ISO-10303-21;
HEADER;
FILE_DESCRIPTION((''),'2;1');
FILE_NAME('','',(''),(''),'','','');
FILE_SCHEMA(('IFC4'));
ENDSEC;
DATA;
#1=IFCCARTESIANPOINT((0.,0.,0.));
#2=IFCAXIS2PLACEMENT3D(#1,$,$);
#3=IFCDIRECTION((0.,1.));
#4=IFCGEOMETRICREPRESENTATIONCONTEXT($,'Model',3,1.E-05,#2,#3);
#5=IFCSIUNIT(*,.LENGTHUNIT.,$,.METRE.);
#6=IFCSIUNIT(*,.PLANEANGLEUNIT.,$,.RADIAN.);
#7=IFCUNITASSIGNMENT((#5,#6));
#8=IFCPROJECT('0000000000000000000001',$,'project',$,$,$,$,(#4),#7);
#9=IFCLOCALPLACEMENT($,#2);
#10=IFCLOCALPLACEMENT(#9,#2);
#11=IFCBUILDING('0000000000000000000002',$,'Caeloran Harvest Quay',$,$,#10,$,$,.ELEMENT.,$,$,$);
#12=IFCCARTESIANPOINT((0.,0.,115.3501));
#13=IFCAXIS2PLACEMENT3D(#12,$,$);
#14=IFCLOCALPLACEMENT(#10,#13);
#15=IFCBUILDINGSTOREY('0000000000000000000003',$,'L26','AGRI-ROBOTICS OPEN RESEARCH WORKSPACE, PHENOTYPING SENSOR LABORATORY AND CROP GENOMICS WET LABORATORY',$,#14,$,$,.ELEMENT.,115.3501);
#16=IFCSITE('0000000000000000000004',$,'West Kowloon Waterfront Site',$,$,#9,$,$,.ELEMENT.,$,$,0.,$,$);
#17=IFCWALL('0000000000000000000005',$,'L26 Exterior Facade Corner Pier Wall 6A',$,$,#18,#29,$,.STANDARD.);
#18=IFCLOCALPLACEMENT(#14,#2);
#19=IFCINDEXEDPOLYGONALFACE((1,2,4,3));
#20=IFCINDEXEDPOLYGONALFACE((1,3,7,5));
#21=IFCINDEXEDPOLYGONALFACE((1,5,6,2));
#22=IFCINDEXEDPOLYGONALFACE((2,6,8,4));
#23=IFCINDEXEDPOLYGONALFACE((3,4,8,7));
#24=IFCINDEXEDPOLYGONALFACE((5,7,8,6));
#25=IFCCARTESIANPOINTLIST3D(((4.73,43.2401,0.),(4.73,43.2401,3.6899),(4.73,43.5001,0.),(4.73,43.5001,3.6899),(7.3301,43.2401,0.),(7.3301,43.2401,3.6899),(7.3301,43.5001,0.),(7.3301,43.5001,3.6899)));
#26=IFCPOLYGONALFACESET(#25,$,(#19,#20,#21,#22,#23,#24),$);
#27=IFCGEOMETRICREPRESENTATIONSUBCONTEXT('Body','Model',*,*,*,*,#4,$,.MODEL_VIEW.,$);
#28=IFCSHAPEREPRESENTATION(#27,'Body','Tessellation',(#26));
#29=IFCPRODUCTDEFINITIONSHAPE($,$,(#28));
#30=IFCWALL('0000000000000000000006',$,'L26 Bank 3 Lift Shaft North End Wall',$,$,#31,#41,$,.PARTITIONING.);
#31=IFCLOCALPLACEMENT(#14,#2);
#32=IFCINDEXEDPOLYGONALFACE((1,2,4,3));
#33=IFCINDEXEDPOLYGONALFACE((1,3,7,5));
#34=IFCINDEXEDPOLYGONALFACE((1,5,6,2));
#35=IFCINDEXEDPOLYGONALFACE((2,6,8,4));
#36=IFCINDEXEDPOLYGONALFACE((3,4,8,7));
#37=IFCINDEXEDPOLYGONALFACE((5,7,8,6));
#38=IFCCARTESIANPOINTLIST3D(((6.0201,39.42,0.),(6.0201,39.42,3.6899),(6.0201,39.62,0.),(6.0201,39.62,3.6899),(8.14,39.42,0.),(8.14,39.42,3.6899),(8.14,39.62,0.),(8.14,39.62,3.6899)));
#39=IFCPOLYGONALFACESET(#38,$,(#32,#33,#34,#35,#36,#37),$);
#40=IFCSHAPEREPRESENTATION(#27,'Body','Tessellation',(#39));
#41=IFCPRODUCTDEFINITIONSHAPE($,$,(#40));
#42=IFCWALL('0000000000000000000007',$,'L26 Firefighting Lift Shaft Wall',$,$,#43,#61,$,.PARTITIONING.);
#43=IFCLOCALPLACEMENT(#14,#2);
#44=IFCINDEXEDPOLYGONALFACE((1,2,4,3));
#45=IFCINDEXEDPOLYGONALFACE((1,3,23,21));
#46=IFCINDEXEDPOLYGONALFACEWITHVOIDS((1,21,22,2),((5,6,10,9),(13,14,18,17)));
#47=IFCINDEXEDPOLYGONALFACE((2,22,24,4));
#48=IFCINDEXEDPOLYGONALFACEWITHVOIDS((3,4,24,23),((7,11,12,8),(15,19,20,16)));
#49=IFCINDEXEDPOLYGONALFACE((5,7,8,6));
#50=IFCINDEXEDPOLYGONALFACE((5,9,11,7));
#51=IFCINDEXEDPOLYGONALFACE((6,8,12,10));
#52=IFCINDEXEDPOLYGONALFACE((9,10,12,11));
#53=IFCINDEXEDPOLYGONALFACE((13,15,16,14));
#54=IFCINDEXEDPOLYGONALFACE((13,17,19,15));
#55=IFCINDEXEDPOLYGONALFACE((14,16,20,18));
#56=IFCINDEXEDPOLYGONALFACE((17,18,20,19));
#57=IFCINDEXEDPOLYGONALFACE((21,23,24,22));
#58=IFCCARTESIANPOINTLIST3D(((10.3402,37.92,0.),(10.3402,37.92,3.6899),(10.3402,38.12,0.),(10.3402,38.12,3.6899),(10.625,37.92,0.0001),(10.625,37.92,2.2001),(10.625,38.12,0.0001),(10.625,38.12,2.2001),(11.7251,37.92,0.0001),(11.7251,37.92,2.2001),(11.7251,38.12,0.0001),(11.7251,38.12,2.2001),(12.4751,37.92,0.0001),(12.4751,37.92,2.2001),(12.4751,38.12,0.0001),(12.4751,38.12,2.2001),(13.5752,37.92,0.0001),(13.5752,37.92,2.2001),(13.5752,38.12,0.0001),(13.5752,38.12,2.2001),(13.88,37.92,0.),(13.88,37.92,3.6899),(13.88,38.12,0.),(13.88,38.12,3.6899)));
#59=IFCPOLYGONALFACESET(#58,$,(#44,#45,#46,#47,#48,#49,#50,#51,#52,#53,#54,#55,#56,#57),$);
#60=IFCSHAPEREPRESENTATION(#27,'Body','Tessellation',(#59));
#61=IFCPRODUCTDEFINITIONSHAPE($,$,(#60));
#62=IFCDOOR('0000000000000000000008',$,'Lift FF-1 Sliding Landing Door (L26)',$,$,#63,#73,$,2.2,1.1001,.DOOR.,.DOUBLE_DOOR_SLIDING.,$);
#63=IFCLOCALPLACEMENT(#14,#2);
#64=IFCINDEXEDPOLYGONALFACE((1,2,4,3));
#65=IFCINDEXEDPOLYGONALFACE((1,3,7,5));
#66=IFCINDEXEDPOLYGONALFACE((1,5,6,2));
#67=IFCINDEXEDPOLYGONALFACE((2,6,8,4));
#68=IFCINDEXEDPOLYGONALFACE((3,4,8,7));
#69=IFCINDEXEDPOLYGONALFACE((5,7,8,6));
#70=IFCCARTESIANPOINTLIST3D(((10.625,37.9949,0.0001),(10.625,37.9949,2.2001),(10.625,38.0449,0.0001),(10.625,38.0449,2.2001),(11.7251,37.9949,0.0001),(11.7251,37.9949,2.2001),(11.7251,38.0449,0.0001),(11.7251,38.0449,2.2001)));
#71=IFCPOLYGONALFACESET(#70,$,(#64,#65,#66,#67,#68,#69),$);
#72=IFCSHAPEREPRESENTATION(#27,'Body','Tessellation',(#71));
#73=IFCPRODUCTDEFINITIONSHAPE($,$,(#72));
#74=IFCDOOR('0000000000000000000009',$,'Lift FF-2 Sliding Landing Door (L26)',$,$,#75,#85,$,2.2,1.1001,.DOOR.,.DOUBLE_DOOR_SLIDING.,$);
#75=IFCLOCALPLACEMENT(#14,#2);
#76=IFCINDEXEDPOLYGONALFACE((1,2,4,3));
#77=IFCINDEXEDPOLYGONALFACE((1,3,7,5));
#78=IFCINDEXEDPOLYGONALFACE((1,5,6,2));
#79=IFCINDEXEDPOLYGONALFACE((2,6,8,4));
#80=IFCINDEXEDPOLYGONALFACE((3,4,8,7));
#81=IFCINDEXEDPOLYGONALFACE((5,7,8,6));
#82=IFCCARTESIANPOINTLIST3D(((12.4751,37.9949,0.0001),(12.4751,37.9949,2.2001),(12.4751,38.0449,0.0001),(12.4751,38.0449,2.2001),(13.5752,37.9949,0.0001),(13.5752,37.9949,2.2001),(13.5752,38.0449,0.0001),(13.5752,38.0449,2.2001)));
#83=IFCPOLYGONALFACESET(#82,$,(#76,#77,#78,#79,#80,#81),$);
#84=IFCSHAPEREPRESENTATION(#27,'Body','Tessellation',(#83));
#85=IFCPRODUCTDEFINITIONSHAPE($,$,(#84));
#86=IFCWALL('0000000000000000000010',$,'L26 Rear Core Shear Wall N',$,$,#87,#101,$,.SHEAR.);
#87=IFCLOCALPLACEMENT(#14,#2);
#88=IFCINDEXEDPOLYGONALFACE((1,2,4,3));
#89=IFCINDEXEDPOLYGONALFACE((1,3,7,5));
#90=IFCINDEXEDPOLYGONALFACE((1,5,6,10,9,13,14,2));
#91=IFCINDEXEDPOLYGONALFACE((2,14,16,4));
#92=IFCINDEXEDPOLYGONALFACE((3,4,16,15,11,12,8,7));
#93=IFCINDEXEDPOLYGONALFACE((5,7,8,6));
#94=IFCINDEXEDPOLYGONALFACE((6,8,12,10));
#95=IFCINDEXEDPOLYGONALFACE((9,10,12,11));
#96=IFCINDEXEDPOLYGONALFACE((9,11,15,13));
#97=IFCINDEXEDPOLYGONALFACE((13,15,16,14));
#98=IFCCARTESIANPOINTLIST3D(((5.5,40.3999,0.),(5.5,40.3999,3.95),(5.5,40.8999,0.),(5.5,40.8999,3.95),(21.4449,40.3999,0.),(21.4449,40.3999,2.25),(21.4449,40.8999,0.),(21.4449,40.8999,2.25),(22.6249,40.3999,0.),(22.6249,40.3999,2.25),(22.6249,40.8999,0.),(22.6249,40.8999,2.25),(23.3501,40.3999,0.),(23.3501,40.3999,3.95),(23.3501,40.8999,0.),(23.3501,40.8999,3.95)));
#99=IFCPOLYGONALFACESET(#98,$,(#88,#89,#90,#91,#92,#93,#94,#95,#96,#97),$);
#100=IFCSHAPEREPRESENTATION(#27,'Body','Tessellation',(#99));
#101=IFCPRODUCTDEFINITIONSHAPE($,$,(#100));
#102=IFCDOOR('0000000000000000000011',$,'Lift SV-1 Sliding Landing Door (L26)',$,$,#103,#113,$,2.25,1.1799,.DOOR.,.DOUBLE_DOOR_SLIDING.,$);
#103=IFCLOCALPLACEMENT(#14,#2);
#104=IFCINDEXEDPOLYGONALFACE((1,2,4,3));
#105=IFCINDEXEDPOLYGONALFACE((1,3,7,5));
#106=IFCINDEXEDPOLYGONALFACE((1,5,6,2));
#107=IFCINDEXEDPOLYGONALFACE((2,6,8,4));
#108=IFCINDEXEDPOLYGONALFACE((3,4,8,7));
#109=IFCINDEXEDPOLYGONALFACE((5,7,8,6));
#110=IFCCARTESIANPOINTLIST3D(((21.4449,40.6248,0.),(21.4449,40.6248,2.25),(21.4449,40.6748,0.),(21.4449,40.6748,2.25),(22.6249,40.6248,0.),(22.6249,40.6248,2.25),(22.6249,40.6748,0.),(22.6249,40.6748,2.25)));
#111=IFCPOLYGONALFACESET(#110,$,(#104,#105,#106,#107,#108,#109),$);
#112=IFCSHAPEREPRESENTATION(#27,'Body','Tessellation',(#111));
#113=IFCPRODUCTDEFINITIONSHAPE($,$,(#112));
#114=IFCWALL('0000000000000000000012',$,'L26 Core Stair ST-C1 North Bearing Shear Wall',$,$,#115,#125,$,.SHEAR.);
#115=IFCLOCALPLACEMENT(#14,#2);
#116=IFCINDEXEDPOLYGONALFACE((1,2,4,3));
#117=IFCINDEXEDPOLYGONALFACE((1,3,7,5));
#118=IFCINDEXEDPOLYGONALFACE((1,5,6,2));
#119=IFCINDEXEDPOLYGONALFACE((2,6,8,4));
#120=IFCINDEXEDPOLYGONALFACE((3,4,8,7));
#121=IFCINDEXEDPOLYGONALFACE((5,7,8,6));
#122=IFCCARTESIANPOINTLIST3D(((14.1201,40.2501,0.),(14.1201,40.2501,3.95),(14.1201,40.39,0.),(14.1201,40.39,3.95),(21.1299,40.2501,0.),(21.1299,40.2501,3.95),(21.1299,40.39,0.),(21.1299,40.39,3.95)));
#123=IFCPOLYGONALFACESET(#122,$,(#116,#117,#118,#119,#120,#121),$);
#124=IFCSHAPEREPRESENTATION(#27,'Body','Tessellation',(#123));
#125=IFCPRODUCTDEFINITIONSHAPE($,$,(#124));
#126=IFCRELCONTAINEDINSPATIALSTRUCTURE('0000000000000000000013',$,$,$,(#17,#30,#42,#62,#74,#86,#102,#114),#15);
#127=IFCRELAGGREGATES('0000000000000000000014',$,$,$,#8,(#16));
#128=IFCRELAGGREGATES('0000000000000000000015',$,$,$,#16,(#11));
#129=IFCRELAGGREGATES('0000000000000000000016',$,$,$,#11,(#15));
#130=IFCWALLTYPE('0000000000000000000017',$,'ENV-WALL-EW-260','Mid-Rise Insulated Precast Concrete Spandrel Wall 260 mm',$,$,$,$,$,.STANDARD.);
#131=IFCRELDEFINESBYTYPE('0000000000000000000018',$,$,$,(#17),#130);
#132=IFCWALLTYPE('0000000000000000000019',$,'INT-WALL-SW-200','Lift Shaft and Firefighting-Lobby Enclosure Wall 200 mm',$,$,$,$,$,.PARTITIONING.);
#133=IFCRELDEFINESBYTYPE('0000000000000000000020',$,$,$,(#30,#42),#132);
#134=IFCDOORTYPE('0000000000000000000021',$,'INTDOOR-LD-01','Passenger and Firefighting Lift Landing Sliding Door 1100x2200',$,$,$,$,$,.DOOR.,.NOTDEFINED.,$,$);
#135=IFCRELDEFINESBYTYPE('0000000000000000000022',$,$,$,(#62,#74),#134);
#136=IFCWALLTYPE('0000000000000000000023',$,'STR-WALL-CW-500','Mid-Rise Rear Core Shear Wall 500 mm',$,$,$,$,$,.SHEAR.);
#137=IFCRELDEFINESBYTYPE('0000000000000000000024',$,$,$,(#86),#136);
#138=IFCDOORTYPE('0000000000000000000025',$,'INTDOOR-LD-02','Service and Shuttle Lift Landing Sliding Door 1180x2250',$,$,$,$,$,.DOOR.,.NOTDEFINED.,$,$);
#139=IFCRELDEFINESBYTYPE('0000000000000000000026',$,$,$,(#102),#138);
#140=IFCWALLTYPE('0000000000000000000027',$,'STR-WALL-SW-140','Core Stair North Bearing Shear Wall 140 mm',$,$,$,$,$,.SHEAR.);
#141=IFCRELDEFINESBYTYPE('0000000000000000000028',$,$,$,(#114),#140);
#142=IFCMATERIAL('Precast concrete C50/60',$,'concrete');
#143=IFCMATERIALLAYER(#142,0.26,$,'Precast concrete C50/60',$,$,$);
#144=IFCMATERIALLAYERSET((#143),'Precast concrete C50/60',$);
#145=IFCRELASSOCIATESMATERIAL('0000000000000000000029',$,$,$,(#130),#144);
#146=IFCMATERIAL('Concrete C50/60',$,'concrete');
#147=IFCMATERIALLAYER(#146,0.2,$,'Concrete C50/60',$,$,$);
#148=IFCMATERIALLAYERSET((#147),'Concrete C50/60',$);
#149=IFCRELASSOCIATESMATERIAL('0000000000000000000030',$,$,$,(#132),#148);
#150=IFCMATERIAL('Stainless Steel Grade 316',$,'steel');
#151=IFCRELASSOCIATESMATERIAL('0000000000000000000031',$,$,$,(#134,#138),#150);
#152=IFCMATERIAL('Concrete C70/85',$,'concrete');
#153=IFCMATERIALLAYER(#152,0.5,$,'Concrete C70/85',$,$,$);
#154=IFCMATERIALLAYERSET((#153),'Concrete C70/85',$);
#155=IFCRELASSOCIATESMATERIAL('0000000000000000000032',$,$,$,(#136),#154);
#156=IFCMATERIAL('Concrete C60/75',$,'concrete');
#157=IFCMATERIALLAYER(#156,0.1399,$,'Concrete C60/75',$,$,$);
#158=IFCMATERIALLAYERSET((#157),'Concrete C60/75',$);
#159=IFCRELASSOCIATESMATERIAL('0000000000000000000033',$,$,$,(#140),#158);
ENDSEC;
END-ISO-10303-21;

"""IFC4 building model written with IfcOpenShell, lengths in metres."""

from ifc_helpers import new_model, si_unit, direction, frame, frame_2d, origin, place, context, subcontext, project, spatial, rectangle, extrude, material, layer, layer_set, type_object, element, fill, save


model = new_model("IFC4")

# Units and contexts
model_context = context("Model", 3, precision=1e-05, world=origin(), true_north=direction((0.0, 1.0)))
body_context = subcontext(model_context, "Body", "Model", "MODEL_VIEW")
ifc_project = project(units=[si_unit("LENGTHUNIT", "METRE"), si_unit("PLANEANGLEUNIT", "RADIAN")], contexts=[model_context])

# Site, building, storey
site_placement = place(None, origin())
site = spatial("IfcSite", under=ifc_project, at=site_placement, Name="West Kowloon Waterfront Site", CompositionType="ELEMENT", RefElevation=0.0)
building_placement = place(site_placement, origin())
building = spatial("IfcBuilding", under=site, at=building_placement, Name="Caeloran Harvest Quay", CompositionType="ELEMENT")
storey_placement = place(building_placement, frame((0.0, 0.0, 115.3501)))
storey = spatial("IfcBuildingStorey", under=building, at=storey_placement, Name="L26", Description="AGRI-ROBOTICS OPEN RESEARCH WORKSPACE, PHENOTYPING SENSOR LABORATORY AND CROP GENOMICS WET LABORATORY", CompositionType="ELEMENT", Elevation=115.3501)

# Walls
ifc_material_1 = material(Name="Precast concrete C50/60", Category="concrete")
ifc_layer_1 = layer(ifc_material_1, 0.26, Name="Precast concrete C50/60")
ifc_layer_set_1 = layer_set([ifc_layer_1], Name="Precast concrete C50/60")
wall_type_1 = type_object("IfcWallType", Name="ENV-WALL-EW-260", Description="Mid-Rise Insulated Precast Concrete Spandrel Wall 260 mm", PredefinedType="STANDARD", material=ifc_layer_set_1)
wall_1_placement = place(storey_placement, frame((4.73, 43.3701, 0.0), z_axis=(0.0, 0.0, 1.0), x_axis=(1.0, 0.0, 0.0)))
element("IfcWall", 1, at=wall_1_placement, inside=storey, type_object=wall_type_1, Name="L26 Exterior Facade Corner Pier Wall 6A", PredefinedType="STANDARD", context=body_context, shape_type="SweptSolid", body=[
    extrude(rectangle(XDim=2.6001, YDim=0.26, at=frame_2d((1.3, 0.0))), origin(), (0.0, 0.0, 1.0), 3.6899),
])
ifc_material_2 = material(Name="Concrete C50/60", Category="concrete")
ifc_layer_2 = layer(ifc_material_2, 0.2, Name="Concrete C50/60")
ifc_layer_set_2 = layer_set([ifc_layer_2], Name="Concrete C50/60")
wall_type_2 = type_object("IfcWallType", Name="INT-WALL-SW-200", Description="Lift Shaft and Firefighting-Lobby Enclosure Wall 200 mm", PredefinedType="PARTITIONING", material=ifc_layer_set_2)
wall_2_placement = place(storey_placement, frame((6.02, 39.52, 0.0), z_axis=(0.0, 0.0, 1.0), x_axis=(1.0, 0.0, 0.0)))
element("IfcWall", 2, at=wall_2_placement, inside=storey, type_object=wall_type_2, Name="L26 Bank 3 Lift Shaft North End Wall", PredefinedType="PARTITIONING", context=body_context, shape_type="SweptSolid", body=[
    extrude(rectangle(XDim=2.1199, YDim=0.2, at=frame_2d((1.0601, 0.0))), origin(), (0.0, 0.0, 1.0), 3.6899),
])

# Wall, openings, doors
wall_3_placement = place(storey_placement, frame((10.3401, 38.02, 0.0), z_axis=(0.0, 0.0, 1.0), x_axis=(1.0, 0.0, 0.0)))
wall_3 = element("IfcWall", 3, at=wall_3_placement, inside=storey, type_object=wall_type_2, Name="L26 Firefighting Lift Shaft Wall", PredefinedType="PARTITIONING", context=body_context, shape_type="SweptSolid", body=[
    extrude(rectangle(XDim=3.5398, YDim=0.2, at=frame_2d((1.77, 0.0))), origin(), (0.0, 0.0, 1.0), 3.6899),
])
opening_1_placement = place(wall_3_placement, frame((0.2849, 0.0, 0.0)))
opening_1 = element("IfcOpeningElement", 4, at=opening_1_placement, cuts=wall_3, PredefinedType="OPENING", context=body_context, shape_type="SweptSolid", body=[
    extrude(rectangle(XDim=1.1001, YDim=2.2, at=frame_2d((0.55, 1.1001))), frame((0.0, 0.1099, 0.0), z_axis=(0.0, -1.0, 0.0), x_axis=(1.0, 0.0, 0.0)), (0.0, 0.0, 1.0), 0.22),
])
opening_2_placement = place(wall_3_placement, frame((2.135, 0.0, 0.0)))
opening_2 = element("IfcOpeningElement", 5, at=opening_2_placement, cuts=wall_3, PredefinedType="OPENING", context=body_context, shape_type="SweptSolid", body=[
    extrude(rectangle(XDim=1.1001, YDim=2.2, at=frame_2d((0.55, 1.1001))), frame((0.0, 0.1099, 0.0), z_axis=(0.0, -1.0, 0.0), x_axis=(1.0, 0.0, 0.0)), (0.0, 0.0, 1.0), 0.22),
])
ifc_material_3 = material(Name="Stainless Steel Grade 316", Category="steel")
door_type_1 = type_object("IfcDoorType", Name="INTDOOR-LD-01", Description="Passenger and Firefighting Lift Landing Sliding Door 1100x2200", OperationType="NOTDEFINED", PredefinedType="DOOR", material=ifc_material_3)
door_1_placement = place(opening_1_placement, origin())
door_1 = element("IfcDoor", 6, at=door_1_placement, inside=storey, type_object=door_type_1, Name="Lift FF-1 Sliding Landing Door (L26)", OperationType="DOUBLE_DOOR_SLIDING", OverallHeight=2.2, OverallWidth=1.1001, PredefinedType="DOOR", context=body_context, shape_type="SweptSolid", body=[
    extrude(rectangle(XDim=1.1001, YDim=2.2, at=frame_2d((0.55, 1.1001))), frame((0.0, 0.0249, 0.0), z_axis=(0.0, -1.0, 0.0), x_axis=(1.0, 0.0, 0.0)), (0.0, 0.0, 1.0), 0.05),
])
fill(opening_1, door_1)
door_2_placement = place(opening_2_placement, origin())
door_2 = element("IfcDoor", 7, at=door_2_placement, inside=storey, type_object=door_type_1, Name="Lift FF-2 Sliding Landing Door (L26)", OperationType="DOUBLE_DOOR_SLIDING", OverallHeight=2.2, OverallWidth=1.1001, PredefinedType="DOOR", context=body_context, shape_type="SweptSolid", body=[
    extrude(rectangle(XDim=1.1001, YDim=2.2, at=frame_2d((0.55, 1.1001))), frame((0.0, 0.0249, 0.0), z_axis=(0.0, -1.0, 0.0), x_axis=(1.0, 0.0, 0.0)), (0.0, 0.0, 1.0), 0.05),
])
fill(opening_2, door_2)

# Wall, opening, door
ifc_material_4 = material(Name="Concrete C70/85", Category="concrete")
ifc_layer_3 = layer(ifc_material_4, 0.5, Name="Concrete C70/85")
ifc_layer_set_3 = layer_set([ifc_layer_3], Name="Concrete C70/85")
wall_type_3 = type_object("IfcWallType", Name="STR-WALL-CW-500", Description="Mid-Rise Rear Core Shear Wall 500 mm", PredefinedType="SHEAR", material=ifc_layer_set_3)
wall_4_placement = place(storey_placement, frame((5.5, 40.6499, 0.0), z_axis=(0.0, 0.0, 1.0), x_axis=(1.0, 0.0, 0.0)))
wall_4 = element("IfcWall", 8, at=wall_4_placement, inside=storey, type_object=wall_type_3, Name="L26 Rear Core Shear Wall N", PredefinedType="SHEAR", context=body_context, shape_type="SweptSolid", body=[
    extrude(rectangle(XDim=17.8501, YDim=0.5, at=frame_2d((8.925, 0.0))), origin(), (0.0, 0.0, 1.0), 3.95),
])
opening_3_placement = place(wall_4_placement, frame((15.9451, 0.0, 0.0)))
opening_3 = element("IfcOpeningElement", 9, at=opening_3_placement, cuts=wall_4, PredefinedType="OPENING", context=body_context, shape_type="SweptSolid", body=[
    extrude(rectangle(XDim=1.1799, YDim=2.25, at=frame_2d((0.5898, 1.125))), frame((0.0, 0.26, 0.0), z_axis=(0.0, -1.0, 0.0), x_axis=(1.0, 0.0, 0.0)), (0.0, 0.0, 1.0), 0.52),
])
door_type_2 = type_object("IfcDoorType", Name="INTDOOR-LD-02", Description="Service and Shuttle Lift Landing Sliding Door 1180x2250", OperationType="NOTDEFINED", PredefinedType="DOOR", material=ifc_material_3)
door_3_placement = place(opening_3_placement, origin())
door_3 = element("IfcDoor", 10, at=door_3_placement, inside=storey, type_object=door_type_2, Name="Lift SV-1 Sliding Landing Door (L26)", OperationType="DOUBLE_DOOR_SLIDING", OverallHeight=2.25, OverallWidth=1.1799, PredefinedType="DOOR", context=body_context, shape_type="SweptSolid", body=[
    extrude(rectangle(XDim=1.1799, YDim=2.25, at=frame_2d((0.5898, 1.125))), frame((0.0, 0.0249, 0.0), z_axis=(0.0, -1.0, 0.0), x_axis=(1.0, 0.0, 0.0)), (0.0, 0.0, 1.0), 0.05),
])
fill(opening_3, door_3)

# Wall
ifc_material_5 = material(Name="Concrete C60/75", Category="concrete")
ifc_layer_4 = layer(ifc_material_5, 0.1399, Name="Concrete C60/75")
ifc_layer_set_4 = layer_set([ifc_layer_4], Name="Concrete C60/75")
wall_type_4 = type_object("IfcWallType", Name="STR-WALL-SW-140", Description="Core Stair North Bearing Shear Wall 140 mm", PredefinedType="SHEAR", material=ifc_layer_set_4)
wall_5_placement = place(storey_placement, frame((14.1201, 40.3201, 0.0), z_axis=(0.0, 0.0, 1.0), x_axis=(1.0, 0.0, 0.0)))
element("IfcWall", 11, at=wall_5_placement, inside=storey, type_object=wall_type_4, Name="L26 Core Stair ST-C1 North Bearing Shear Wall", PredefinedType="SHEAR", context=body_context, shape_type="SweptSolid", body=[
    extrude(rectangle(XDim=7.0098, YDim=0.1399, at=frame_2d((3.5049, 0.0))), origin(), (0.0, 0.0, 1.0), 3.95),
])

save(model, "model.ifc")
